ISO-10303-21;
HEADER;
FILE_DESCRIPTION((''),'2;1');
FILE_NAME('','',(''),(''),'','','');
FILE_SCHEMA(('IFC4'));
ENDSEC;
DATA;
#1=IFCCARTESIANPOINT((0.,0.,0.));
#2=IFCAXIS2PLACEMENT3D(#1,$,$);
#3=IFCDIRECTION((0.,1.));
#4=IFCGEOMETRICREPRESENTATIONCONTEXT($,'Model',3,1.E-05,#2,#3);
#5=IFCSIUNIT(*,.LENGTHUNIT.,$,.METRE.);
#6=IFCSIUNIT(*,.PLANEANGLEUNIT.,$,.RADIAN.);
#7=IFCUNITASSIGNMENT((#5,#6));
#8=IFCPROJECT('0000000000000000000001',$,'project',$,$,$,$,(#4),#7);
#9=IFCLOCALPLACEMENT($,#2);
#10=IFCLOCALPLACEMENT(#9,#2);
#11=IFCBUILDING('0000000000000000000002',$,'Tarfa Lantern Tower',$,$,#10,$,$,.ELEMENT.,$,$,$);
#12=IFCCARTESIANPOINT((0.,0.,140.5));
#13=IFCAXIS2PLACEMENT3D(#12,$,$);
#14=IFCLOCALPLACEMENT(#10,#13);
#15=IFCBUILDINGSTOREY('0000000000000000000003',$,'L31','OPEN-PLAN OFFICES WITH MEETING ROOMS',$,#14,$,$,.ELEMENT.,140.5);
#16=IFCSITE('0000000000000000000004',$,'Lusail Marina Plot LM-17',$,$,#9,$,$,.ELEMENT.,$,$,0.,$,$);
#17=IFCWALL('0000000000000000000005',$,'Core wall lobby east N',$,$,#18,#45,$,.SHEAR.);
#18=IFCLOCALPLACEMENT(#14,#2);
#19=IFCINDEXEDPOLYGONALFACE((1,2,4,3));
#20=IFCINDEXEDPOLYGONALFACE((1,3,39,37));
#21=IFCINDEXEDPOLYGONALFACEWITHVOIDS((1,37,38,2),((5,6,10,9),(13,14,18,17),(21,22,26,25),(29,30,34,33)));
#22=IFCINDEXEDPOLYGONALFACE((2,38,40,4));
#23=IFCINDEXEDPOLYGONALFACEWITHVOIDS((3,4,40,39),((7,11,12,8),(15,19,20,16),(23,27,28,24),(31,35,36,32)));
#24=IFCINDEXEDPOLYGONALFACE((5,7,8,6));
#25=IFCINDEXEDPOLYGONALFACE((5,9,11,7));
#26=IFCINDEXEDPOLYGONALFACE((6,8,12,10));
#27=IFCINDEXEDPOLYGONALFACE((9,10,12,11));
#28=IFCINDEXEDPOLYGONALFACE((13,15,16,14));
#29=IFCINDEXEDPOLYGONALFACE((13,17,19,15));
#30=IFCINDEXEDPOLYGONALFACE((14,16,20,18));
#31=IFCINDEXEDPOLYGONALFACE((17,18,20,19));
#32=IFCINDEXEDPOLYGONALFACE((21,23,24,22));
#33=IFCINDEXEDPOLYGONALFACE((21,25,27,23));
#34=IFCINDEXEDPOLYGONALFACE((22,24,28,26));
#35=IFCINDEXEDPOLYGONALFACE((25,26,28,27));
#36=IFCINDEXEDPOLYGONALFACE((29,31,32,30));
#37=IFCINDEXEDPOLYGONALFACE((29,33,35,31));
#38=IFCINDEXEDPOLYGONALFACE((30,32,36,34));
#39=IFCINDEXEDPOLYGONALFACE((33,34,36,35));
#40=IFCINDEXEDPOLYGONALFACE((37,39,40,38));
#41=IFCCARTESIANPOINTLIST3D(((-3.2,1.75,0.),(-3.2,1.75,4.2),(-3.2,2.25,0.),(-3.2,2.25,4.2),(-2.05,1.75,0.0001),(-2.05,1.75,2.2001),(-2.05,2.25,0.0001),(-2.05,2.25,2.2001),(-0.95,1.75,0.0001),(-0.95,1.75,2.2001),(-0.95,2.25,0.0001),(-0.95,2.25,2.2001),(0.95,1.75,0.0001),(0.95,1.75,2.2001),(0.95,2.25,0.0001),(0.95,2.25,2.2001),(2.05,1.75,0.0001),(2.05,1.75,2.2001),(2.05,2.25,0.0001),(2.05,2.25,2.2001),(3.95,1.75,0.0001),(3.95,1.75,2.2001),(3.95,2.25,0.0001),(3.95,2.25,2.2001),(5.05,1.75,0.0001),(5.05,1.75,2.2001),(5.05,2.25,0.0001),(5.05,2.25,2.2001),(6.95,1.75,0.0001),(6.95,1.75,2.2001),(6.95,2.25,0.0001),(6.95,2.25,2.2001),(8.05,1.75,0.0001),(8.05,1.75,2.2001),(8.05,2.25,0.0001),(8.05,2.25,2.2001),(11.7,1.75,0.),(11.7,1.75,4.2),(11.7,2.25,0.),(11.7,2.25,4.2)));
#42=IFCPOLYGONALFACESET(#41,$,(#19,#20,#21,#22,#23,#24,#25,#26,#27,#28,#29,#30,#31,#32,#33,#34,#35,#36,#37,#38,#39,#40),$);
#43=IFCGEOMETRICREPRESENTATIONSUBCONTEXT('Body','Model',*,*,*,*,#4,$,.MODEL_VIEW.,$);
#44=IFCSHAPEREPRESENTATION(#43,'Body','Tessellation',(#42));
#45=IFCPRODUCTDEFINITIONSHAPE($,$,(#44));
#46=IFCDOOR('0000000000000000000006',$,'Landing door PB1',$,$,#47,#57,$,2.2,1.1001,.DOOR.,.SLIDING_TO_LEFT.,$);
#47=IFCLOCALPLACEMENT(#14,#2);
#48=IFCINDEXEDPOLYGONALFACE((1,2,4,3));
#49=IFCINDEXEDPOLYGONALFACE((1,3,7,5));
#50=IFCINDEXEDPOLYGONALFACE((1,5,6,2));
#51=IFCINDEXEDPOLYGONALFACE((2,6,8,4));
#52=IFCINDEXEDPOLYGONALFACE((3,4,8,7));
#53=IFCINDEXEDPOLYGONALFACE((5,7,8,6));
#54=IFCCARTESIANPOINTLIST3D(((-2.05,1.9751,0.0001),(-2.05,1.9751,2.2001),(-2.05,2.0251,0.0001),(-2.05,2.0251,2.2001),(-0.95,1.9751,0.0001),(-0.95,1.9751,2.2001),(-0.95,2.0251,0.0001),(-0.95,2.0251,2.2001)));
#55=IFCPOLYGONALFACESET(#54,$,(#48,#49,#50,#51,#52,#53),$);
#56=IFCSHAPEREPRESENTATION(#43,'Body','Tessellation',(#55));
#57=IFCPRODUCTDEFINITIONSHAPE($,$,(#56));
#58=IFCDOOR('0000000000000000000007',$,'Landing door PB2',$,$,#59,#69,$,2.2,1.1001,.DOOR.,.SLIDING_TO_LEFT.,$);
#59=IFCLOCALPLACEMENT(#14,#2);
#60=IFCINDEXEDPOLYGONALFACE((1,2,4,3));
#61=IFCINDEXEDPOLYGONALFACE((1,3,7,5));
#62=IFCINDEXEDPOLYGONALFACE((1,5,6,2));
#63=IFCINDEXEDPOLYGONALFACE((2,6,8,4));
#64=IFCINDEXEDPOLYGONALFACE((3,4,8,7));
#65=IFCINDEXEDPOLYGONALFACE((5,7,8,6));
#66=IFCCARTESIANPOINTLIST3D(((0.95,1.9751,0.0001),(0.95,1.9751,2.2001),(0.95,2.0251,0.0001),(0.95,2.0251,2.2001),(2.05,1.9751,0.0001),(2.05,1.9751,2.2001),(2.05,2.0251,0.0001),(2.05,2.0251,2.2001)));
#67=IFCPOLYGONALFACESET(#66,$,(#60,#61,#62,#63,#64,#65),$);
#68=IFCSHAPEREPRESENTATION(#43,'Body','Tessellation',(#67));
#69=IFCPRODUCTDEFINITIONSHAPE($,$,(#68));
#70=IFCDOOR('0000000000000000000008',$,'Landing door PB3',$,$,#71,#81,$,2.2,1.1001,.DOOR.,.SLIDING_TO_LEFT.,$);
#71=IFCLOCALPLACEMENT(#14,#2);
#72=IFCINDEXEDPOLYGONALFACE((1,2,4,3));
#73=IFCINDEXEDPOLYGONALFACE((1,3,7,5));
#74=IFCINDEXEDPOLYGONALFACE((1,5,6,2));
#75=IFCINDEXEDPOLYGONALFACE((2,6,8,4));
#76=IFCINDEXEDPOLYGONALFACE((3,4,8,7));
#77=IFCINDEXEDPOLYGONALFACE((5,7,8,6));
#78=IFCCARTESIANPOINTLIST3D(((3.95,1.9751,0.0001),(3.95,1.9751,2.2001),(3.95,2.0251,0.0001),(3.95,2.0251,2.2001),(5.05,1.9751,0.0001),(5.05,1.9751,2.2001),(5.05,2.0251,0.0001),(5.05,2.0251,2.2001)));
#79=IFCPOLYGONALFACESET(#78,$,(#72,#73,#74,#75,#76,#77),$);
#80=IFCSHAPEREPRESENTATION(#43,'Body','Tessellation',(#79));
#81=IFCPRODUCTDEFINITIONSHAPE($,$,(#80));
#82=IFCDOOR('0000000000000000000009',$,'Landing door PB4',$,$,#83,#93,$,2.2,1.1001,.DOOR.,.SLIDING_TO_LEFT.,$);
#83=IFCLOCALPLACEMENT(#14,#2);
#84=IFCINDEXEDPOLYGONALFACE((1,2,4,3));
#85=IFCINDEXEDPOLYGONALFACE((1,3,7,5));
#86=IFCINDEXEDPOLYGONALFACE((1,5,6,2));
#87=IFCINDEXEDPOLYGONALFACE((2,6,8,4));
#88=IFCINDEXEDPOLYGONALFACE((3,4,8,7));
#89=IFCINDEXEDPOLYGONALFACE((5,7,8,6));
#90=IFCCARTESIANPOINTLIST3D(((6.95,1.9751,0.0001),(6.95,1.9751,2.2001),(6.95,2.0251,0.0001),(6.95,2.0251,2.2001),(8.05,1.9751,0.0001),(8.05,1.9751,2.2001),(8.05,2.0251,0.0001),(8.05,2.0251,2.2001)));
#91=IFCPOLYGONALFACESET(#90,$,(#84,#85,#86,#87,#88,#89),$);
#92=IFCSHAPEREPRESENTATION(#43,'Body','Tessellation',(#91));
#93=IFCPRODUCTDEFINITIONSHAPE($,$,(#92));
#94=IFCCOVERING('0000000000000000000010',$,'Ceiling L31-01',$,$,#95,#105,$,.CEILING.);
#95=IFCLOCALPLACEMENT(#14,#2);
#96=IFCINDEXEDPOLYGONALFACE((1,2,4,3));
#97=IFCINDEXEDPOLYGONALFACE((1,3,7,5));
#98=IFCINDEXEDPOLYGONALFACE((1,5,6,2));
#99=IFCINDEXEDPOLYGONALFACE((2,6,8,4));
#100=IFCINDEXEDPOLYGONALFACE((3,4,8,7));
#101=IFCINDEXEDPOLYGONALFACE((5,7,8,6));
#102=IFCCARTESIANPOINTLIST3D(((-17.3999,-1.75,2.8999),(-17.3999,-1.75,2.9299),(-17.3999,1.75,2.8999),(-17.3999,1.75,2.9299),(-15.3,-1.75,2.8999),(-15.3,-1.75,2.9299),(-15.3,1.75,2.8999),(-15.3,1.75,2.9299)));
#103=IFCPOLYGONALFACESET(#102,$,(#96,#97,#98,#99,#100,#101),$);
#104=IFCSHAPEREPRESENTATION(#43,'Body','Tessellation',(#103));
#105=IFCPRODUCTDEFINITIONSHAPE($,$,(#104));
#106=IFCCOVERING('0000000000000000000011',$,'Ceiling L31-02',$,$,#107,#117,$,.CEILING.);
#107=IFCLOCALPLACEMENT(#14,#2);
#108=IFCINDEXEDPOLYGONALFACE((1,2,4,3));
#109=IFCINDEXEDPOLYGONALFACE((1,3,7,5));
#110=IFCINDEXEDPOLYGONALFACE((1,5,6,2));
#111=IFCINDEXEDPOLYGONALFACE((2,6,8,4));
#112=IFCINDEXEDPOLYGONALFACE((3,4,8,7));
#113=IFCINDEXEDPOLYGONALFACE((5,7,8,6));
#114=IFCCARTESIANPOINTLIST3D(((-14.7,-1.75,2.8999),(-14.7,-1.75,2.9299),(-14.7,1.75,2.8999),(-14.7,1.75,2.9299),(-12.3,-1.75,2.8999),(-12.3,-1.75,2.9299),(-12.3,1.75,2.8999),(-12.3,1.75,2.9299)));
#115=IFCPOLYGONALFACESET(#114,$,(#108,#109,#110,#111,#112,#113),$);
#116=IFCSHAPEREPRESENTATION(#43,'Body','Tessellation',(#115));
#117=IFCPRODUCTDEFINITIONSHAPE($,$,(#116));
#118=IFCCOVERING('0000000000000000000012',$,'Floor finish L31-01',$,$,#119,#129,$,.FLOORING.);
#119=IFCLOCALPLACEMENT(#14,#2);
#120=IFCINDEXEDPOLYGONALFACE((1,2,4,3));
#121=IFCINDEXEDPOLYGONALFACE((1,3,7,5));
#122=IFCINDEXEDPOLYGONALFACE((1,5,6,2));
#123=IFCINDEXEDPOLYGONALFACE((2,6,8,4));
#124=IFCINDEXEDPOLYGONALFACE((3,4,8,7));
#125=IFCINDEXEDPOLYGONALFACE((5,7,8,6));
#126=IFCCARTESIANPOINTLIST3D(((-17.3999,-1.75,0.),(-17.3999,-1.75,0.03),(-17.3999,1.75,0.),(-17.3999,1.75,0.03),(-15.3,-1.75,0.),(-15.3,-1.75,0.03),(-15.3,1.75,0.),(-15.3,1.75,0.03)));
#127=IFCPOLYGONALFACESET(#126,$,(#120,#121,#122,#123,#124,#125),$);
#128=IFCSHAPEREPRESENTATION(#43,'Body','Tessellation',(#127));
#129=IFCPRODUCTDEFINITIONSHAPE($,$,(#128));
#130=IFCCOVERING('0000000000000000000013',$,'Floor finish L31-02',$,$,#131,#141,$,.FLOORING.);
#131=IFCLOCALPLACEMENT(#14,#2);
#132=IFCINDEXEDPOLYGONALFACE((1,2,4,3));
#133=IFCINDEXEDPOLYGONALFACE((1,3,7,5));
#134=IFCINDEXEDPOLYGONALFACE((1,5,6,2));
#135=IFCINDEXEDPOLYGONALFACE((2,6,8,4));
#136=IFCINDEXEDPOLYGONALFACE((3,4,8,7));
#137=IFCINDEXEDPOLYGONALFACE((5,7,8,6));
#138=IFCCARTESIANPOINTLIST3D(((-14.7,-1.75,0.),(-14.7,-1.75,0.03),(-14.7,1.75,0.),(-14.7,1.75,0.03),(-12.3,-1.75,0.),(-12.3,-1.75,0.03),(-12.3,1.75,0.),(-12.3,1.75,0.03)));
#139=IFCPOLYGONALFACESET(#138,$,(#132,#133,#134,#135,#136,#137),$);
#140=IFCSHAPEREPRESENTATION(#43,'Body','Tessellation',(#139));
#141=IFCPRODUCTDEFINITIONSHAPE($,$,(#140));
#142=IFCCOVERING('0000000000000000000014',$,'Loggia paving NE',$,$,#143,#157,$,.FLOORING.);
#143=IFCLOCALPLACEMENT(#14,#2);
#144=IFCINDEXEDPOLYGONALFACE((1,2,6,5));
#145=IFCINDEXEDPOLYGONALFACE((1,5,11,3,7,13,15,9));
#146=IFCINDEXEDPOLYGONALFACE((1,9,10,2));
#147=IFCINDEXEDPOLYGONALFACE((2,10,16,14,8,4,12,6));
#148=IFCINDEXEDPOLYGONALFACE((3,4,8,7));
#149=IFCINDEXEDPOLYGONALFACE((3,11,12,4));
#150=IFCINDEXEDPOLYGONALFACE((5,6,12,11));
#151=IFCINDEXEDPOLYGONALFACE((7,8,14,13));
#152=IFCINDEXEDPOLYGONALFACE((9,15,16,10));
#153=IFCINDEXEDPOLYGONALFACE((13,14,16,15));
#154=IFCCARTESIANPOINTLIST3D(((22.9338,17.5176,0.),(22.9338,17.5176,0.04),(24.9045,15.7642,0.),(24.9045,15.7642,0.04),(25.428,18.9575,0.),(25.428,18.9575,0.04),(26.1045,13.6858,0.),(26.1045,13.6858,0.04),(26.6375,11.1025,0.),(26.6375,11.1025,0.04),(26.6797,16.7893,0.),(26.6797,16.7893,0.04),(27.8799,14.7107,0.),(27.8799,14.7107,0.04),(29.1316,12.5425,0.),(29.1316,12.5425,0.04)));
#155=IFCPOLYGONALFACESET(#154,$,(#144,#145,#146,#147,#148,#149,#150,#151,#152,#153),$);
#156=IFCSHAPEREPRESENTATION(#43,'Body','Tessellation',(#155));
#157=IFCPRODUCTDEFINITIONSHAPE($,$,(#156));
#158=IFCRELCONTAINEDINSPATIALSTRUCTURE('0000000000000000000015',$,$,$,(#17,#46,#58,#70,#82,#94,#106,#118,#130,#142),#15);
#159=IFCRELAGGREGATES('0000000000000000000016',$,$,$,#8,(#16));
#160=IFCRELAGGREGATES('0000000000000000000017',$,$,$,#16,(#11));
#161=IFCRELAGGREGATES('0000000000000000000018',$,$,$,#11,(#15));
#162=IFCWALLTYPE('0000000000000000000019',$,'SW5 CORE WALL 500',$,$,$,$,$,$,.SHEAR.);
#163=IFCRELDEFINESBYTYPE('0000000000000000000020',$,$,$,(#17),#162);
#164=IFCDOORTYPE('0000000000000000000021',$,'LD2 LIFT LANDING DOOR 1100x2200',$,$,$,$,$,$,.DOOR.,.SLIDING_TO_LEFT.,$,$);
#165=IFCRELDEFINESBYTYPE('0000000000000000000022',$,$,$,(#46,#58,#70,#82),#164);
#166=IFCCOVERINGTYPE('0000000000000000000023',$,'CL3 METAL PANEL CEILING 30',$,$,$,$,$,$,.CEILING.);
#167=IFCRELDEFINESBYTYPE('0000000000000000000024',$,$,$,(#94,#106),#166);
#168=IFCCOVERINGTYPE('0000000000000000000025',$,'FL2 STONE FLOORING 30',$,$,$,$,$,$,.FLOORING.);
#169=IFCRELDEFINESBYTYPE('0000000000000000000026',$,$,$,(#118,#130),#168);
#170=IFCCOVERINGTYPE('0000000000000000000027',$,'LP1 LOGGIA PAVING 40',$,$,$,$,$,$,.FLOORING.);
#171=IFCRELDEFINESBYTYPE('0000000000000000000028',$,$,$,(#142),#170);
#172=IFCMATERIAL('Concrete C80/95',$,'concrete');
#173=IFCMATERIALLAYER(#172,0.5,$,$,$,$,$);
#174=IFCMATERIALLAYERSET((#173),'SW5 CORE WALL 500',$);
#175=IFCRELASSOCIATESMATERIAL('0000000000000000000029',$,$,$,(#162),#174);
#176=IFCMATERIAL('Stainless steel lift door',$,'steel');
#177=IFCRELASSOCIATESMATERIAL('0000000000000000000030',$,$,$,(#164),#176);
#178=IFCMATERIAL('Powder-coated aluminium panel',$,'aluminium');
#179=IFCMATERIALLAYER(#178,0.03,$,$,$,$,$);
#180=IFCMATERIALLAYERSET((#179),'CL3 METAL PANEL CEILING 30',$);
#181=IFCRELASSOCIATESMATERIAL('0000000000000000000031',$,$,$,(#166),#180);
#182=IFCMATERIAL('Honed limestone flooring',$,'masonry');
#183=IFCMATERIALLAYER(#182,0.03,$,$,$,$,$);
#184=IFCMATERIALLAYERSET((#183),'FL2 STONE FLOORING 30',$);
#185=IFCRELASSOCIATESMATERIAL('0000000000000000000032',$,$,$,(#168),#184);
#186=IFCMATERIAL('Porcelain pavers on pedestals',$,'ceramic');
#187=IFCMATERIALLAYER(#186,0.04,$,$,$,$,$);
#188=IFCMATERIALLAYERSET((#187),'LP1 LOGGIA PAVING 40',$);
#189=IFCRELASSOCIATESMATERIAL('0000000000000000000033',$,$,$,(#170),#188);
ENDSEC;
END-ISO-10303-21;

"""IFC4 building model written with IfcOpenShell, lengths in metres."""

from ifc_helpers import new_model, si_unit, direction, frame, frame_2d, origin, place, context, subcontext, project, spatial, polyline, rectangle, outline, extrude, material, layer, layer_set, type_object, element, fill, save


model = new_model("IFC4")

# Units and contexts
model_context = context("Model", 3, precision=1e-05, world=origin(), true_north=direction((0.0, 1.0)))
body_context = subcontext(model_context, "Body", "Model", "MODEL_VIEW")
ifc_project = project(units=[si_unit("LENGTHUNIT", "METRE"), si_unit("PLANEANGLEUNIT", "RADIAN")], contexts=[model_context])

# Site, building, storey
site_placement = place(None, origin())
site = spatial("IfcSite", under=ifc_project, at=site_placement, Name="Lusail Marina Plot LM-17", CompositionType="ELEMENT", RefElevation=0.0)
building_placement = place(site_placement, origin())
building = spatial("IfcBuilding", under=site, at=building_placement, Name="Tarfa Lantern Tower", CompositionType="ELEMENT")
storey_placement = place(building_placement, frame((0.0, 0.0, 140.5)))
storey = spatial("IfcBuildingStorey", under=building, at=storey_placement, Name="L31", Description="OPEN-PLAN OFFICES WITH MEETING ROOMS", CompositionType="ELEMENT", Elevation=140.5)

# Wall, openings, doors
ifc_material_1 = material(Name="Concrete C80/95", Category="concrete")
ifc_layer_1 = layer(ifc_material_1, 0.5)
ifc_layer_set_1 = layer_set([ifc_layer_1], Name="SW5 CORE WALL 500")
wall_type_1 = type_object("IfcWallType", Name="SW5 CORE WALL 500", PredefinedType="SHEAR", material=ifc_layer_set_1)
wall_1_placement = place(storey_placement, frame((-3.2, 2.0, 0.0), z_axis=(0.0, 0.0, 1.0), x_axis=(1.0, 0.0, 0.0)))
wall_1 = element("IfcWall", 1, at=wall_1_placement, inside=storey, type_object=wall_type_1, Name="Core wall lobby east N", PredefinedType="SHEAR", context=body_context, shape_type="SweptSolid", body=[
    extrude(rectangle(XDim=14.8999, YDim=0.5, at=frame_2d((7.45, 0.0))), origin(), (0.0, 0.0, 1.0), 4.2),
])
opening_1_placement = place(wall_1_placement, frame((1.1499, 0.0, 0.0)))
opening_1 = element("IfcOpeningElement", 2, at=opening_1_placement, cuts=wall_1, PredefinedType="OPENING", context=body_context, shape_type="SweptSolid", body=[
    extrude(rectangle(XDim=1.1001, YDim=2.2, at=frame_2d((0.55, 1.1001))), frame((0.0, 0.26, 0.0), z_axis=(0.0, -1.0, 0.0), x_axis=(1.0, 0.0, 0.0)), (0.0, 0.0, 1.0), 0.52),
])
opening_2_placement = place(wall_1_placement, frame((4.1499, 0.0, 0.0)))
opening_2 = element("IfcOpeningElement", 3, at=opening_2_placement, cuts=wall_1, PredefinedType="OPENING", context=body_context, shape_type="SweptSolid", body=[
    extrude(rectangle(XDim=1.1001, YDim=2.2, at=frame_2d((0.55, 1.1001))), frame((0.0, 0.26, 0.0), z_axis=(0.0, -1.0, 0.0), x_axis=(1.0, 0.0, 0.0)), (0.0, 0.0, 1.0), 0.52),
])
opening_3_placement = place(wall_1_placement, frame((7.1499, 0.0, 0.0)))
opening_3 = element("IfcOpeningElement", 4, at=opening_3_placement, cuts=wall_1, PredefinedType="OPENING", context=body_context, shape_type="SweptSolid", body=[
    extrude(rectangle(XDim=1.1001, YDim=2.2, at=frame_2d((0.55, 1.1001))), frame((0.0, 0.26, 0.0), z_axis=(0.0, -1.0, 0.0), x_axis=(1.0, 0.0, 0.0)), (0.0, 0.0, 1.0), 0.52),
])
opening_4_placement = place(wall_1_placement, frame((10.1499, 0.0, 0.0)))
opening_4 = element("IfcOpeningElement", 5, at=opening_4_placement, cuts=wall_1, PredefinedType="OPENING", context=body_context, shape_type="SweptSolid", body=[
    extrude(rectangle(XDim=1.1001, YDim=2.2, at=frame_2d((0.55, 1.1001))), frame((0.0, 0.26, 0.0), z_axis=(0.0, -1.0, 0.0), x_axis=(1.0, 0.0, 0.0)), (0.0, 0.0, 1.0), 0.52),
])
ifc_material_2 = material(Name="Stainless steel lift door", Category="steel")
door_type = type_object("IfcDoorType", Name="LD2 LIFT LANDING DOOR 1100x2200", OperationType="SLIDING_TO_LEFT", PredefinedType="DOOR", material=ifc_material_2)
door_1_placement = place(opening_1_placement, frame((1.1001, 0.0, 0.0), z_axis=(0.0, 0.0, 1.0), x_axis=(-1.0, 0.0, 0.0)))
door_1 = element("IfcDoor", 6, at=door_1_placement, inside=storey, type_object=door_type, Name="Landing door PB1", OperationType="SLIDING_TO_LEFT", OverallHeight=2.2, OverallWidth=1.1001, PredefinedType="DOOR", context=body_context, shape_type="SweptSolid", body=[
    extrude(rectangle(XDim=1.1001, YDim=2.2, at=frame_2d((0.55, 1.1001))), frame((0.0, 0.0249, 0.0), z_axis=(0.0, -1.0, 0.0), x_axis=(1.0, 0.0, 0.0)), (0.0, 0.0, 1.0), 0.05),
])
fill(opening_1, door_1)
door_2_placement = place(opening_2_placement, frame((1.1001, 0.0, 0.0), z_axis=(0.0, 0.0, 1.0), x_axis=(-1.0, 0.0, 0.0)))
door_2 = element("IfcDoor", 7, at=door_2_placement, inside=storey, type_object=door_type, Name="Landing door PB2", OperationType="SLIDING_TO_LEFT", OverallHeight=2.2, OverallWidth=1.1001, PredefinedType="DOOR", context=body_context, shape_type="SweptSolid", body=[
    extrude(rectangle(XDim=1.1001, YDim=2.2, at=frame_2d((0.55, 1.1001))), frame((0.0, 0.0249, 0.0), z_axis=(0.0, -1.0, 0.0), x_axis=(1.0, 0.0, 0.0)), (0.0, 0.0, 1.0), 0.05),
])
fill(opening_2, door_2)
door_3_placement = place(opening_3_placement, frame((1.1001, 0.0, 0.0), z_axis=(0.0, 0.0, 1.0), x_axis=(-1.0, 0.0, 0.0)))
door_3 = element("IfcDoor", 8, at=door_3_placement, inside=storey, type_object=door_type, Name="Landing door PB3", OperationType="SLIDING_TO_LEFT", OverallHeight=2.2, OverallWidth=1.1001, PredefinedType="DOOR", context=body_context, shape_type="SweptSolid", body=[
    extrude(rectangle(XDim=1.1001, YDim=2.2, at=frame_2d((0.55, 1.1001))), frame((0.0, 0.0249, 0.0), z_axis=(0.0, -1.0, 0.0), x_axis=(1.0, 0.0, 0.0)), (0.0, 0.0, 1.0), 0.05),
])
fill(opening_3, door_3)
door_4_placement = place(opening_4_placement, frame((1.1001, 0.0, 0.0), z_axis=(0.0, 0.0, 1.0), x_axis=(-1.0, 0.0, 0.0)))
door_4 = element("IfcDoor", 9, at=door_4_placement, inside=storey, type_object=door_type, Name="Landing door PB4", OperationType="SLIDING_TO_LEFT", OverallHeight=2.2, OverallWidth=1.1001, PredefinedType="DOOR", context=body_context, shape_type="SweptSolid", body=[
    extrude(rectangle(XDim=1.1001, YDim=2.2, at=frame_2d((0.55, 1.1001))), frame((0.0, 0.0249, 0.0), z_axis=(0.0, -1.0, 0.0), x_axis=(1.0, 0.0, 0.0)), (0.0, 0.0, 1.0), 0.05),
])
fill(opening_4, door_4)

# Coverings
ifc_material_3 = material(Name="Powder-coated aluminium panel", Category="aluminium")
ifc_layer_2 = layer(ifc_material_3, 0.03)
ifc_layer_set_2 = layer_set([ifc_layer_2], Name="CL3 METAL PANEL CEILING 30")
covering_type_1 = type_object("IfcCoveringType", Name="CL3 METAL PANEL CEILING 30", PredefinedType="CEILING", material=ifc_layer_set_2)
covering_1_placement = place(storey_placement, frame((0.0, 0.0, 2.8999)))
element("IfcCovering", 10, at=covering_1_placement, inside=storey, type_object=covering_type_1, Name="Ceiling L31-01", PredefinedType="CEILING", context=body_context, shape_type="SweptSolid", body=[
    extrude(outline(polyline([(-17.3999, -1.75), (-15.3, -1.75), (-15.3, 1.75), (-17.3999, 1.75), (-17.3999, -1.75)])), origin(), (0.0, 0.0, 1.0), 0.03),
])
covering_2_placement = place(storey_placement, frame((0.0, 0.0, 2.8999)))
element("IfcCovering", 11, at=covering_2_placement, inside=storey, type_object=covering_type_1, Name="Ceiling L31-02", PredefinedType="CEILING", context=body_context, shape_type="SweptSolid", body=[
    extrude(outline(polyline([(-14.7, -1.75), (-12.3, -1.75), (-12.3, 1.75), (-14.7, 1.75), (-14.7, -1.75)])), origin(), (0.0, 0.0, 1.0), 0.03),
])
ifc_material_4 = material(Name="Honed limestone flooring", Category="masonry")
ifc_layer_3 = layer(ifc_material_4, 0.03)
ifc_layer_set_3 = layer_set([ifc_layer_3], Name="FL2 STONE FLOORING 30")
covering_type_2 = type_object("IfcCoveringType", Name="FL2 STONE FLOORING 30", PredefinedType="FLOORING", material=ifc_layer_set_3)
covering_3_placement = place(storey_placement, origin())
element("IfcCovering", 12, at=covering_3_placement, inside=storey, type_object=covering_type_2, Name="Floor finish L31-01", PredefinedType="FLOORING", context=body_context, shape_type="SweptSolid", body=[
    extrude(outline(polyline([(-17.3999, -1.75), (-15.3, -1.75), (-15.3, 1.75), (-17.3999, 1.75), (-17.3999, -1.75)])), origin(), (0.0, 0.0, 1.0), 0.03),
])
covering_4_placement = place(storey_placement, origin())
element("IfcCovering", 13, at=covering_4_placement, inside=storey, type_object=covering_type_2, Name="Floor finish L31-02", PredefinedType="FLOORING", context=body_context, shape_type="SweptSolid", body=[
    extrude(outline(polyline([(-14.7, -1.75), (-12.3, -1.75), (-12.3, 1.75), (-14.7, 1.75), (-14.7, -1.75)])), origin(), (0.0, 0.0, 1.0), 0.03),
])
ifc_material_5 = material(Name="Porcelain pavers on pedestals", Category="ceramic")
ifc_layer_4 = layer(ifc_material_5, 0.04)
ifc_layer_set_4 = layer_set([ifc_layer_4], Name="LP1 LOGGIA PAVING 40")
covering_type_3 = type_object("IfcCoveringType", Name="LP1 LOGGIA PAVING 40", PredefinedType="FLOORING", material=ifc_layer_set_4)
covering_5_placement = place(storey_placement, origin())
element("IfcCovering", 14, at=covering_5_placement, inside=storey, type_object=covering_type_3, Name="Loggia paving NE", PredefinedType="FLOORING", context=body_context, shape_type="SweptSolid", body=[
    extrude(outline(polyline([(29.1316, 12.5425), (26.6375, 11.1025), (22.9338, 17.5176), (25.428, 18.9575), (26.6797, 16.7893), (24.9045, 15.7642), (26.1045, 13.6858), (27.8799, 14.7107), (29.1316, 12.5425)])), origin(), (0.0, 0.0, 1.0), 0.04),
])

save(model, "model.ifc")
